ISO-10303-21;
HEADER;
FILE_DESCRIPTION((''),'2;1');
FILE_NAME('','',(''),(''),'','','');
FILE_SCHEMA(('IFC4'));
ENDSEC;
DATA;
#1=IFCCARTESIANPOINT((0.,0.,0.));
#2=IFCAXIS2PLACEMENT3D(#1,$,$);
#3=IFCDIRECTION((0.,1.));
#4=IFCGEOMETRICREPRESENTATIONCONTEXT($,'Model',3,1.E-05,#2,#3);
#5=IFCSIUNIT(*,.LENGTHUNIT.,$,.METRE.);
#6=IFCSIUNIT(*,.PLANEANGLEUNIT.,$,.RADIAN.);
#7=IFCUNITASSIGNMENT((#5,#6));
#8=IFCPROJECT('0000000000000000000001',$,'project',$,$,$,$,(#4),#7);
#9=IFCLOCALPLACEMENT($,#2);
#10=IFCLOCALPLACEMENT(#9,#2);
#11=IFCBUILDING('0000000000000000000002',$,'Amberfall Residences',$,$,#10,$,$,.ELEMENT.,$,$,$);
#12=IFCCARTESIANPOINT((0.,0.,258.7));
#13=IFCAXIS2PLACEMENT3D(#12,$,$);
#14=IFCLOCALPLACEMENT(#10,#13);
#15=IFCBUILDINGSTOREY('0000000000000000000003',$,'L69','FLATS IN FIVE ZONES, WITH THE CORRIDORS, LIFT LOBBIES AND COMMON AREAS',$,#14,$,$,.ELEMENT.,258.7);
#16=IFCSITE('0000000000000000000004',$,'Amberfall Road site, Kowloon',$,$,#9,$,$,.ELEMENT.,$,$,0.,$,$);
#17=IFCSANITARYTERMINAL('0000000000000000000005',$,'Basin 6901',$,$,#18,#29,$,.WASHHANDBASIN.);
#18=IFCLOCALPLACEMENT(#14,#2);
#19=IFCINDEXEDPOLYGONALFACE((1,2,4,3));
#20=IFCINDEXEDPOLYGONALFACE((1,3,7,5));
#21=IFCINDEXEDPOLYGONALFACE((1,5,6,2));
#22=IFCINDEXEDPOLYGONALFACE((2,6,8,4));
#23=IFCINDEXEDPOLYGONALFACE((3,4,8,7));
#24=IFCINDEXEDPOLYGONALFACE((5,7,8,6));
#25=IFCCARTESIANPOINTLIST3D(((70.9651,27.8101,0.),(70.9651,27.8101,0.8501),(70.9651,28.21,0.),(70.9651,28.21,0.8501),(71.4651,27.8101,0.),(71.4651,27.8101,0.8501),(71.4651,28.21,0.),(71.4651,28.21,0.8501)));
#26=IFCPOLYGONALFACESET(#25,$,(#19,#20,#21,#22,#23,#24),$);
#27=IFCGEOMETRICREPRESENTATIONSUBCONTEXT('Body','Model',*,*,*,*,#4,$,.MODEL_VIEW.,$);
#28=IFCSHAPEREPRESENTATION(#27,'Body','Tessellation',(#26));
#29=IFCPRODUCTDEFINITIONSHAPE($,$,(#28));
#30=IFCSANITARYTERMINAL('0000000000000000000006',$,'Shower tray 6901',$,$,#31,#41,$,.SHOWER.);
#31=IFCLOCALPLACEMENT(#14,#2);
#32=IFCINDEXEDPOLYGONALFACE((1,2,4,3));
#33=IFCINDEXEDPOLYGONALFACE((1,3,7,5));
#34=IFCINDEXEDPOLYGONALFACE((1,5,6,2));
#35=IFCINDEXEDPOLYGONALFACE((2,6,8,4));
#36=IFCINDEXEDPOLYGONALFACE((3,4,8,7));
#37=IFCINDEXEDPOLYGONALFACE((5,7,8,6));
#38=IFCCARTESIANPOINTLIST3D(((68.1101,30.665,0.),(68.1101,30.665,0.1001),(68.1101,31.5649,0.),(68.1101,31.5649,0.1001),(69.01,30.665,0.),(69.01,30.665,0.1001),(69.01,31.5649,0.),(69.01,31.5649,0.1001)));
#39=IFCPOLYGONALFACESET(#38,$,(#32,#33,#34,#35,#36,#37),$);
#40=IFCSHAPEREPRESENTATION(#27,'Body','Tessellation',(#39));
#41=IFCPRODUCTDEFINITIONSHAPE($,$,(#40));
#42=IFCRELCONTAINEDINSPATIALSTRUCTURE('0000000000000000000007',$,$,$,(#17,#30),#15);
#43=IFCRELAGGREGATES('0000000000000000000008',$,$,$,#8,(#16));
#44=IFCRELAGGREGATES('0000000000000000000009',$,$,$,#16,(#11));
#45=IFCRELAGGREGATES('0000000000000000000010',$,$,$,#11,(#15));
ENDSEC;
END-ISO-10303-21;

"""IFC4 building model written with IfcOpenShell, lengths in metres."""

from ifc_helpers import new_model, si_unit, direction, frame, origin, origin_2d, place, context, subcontext, project, spatial, rectangle, extrude, element, save


model = new_model("IFC4")

# Units and contexts
model_context = context("Model", 3, precision=1e-05, world=origin(), true_north=direction((0.0, 1.0)))
body_context = subcontext(model_context, "Body", "Model", "MODEL_VIEW")
ifc_project = project(units=[si_unit("LENGTHUNIT", "METRE"), si_unit("PLANEANGLEUNIT", "RADIAN")], contexts=[model_context])

# Site, building, storey
site_placement = place(None, origin())
site = spatial("IfcSite", under=ifc_project, at=site_placement, Name="Amberfall Road site, Kowloon", CompositionType="ELEMENT", RefElevation=0.0)
building_placement = place(site_placement, origin())
building = spatial("IfcBuilding", under=site, at=building_placement, Name="Amberfall Residences", CompositionType="ELEMENT")
storey_placement = place(building_placement, frame((0.0, 0.0, 258.7)))
storey = spatial("IfcBuildingStorey", under=building, at=storey_placement, Name="L69", Description="FLATS IN FIVE ZONES, WITH THE CORRIDORS, LIFT LOBBIES AND COMMON AREAS", CompositionType="ELEMENT", Elevation=258.7)

# Sanitary terminals
sanitary_terminal_1_placement = place(storey_placement, frame((71.2151, 28.01, 0.0), z_axis=(0.0, 0.0, 1.0), x_axis=(1.0, 0.0, 0.0)))
element("IfcSanitaryTerminal", 1, at=sanitary_terminal_1_placement, inside=storey, Name="Basin 6901", PredefinedType="WASHHANDBASIN", context=body_context, shape_type="SweptSolid", body=[
    extrude(rectangle(XDim=0.5, YDim=0.3999, at=origin_2d()), origin(), (0.0, 0.0, 1.0), 0.8501),
])
sanitary_terminal_2_placement = place(storey_placement, frame((68.5601, 31.115, 0.0), z_axis=(0.0, 0.0, 1.0), x_axis=(1.0, 0.0, 0.0)))
element("IfcSanitaryTerminal", 2, at=sanitary_terminal_2_placement, inside=storey, Name="Shower tray 6901", PredefinedType="SHOWER", context=body_context, shape_type="SweptSolid", body=[
    extrude(rectangle(XDim=0.8999, YDim=0.8999, at=origin_2d()), origin(), (0.0, 0.0, 1.0), 0.1001),
])

save(model, "model.ifc")
